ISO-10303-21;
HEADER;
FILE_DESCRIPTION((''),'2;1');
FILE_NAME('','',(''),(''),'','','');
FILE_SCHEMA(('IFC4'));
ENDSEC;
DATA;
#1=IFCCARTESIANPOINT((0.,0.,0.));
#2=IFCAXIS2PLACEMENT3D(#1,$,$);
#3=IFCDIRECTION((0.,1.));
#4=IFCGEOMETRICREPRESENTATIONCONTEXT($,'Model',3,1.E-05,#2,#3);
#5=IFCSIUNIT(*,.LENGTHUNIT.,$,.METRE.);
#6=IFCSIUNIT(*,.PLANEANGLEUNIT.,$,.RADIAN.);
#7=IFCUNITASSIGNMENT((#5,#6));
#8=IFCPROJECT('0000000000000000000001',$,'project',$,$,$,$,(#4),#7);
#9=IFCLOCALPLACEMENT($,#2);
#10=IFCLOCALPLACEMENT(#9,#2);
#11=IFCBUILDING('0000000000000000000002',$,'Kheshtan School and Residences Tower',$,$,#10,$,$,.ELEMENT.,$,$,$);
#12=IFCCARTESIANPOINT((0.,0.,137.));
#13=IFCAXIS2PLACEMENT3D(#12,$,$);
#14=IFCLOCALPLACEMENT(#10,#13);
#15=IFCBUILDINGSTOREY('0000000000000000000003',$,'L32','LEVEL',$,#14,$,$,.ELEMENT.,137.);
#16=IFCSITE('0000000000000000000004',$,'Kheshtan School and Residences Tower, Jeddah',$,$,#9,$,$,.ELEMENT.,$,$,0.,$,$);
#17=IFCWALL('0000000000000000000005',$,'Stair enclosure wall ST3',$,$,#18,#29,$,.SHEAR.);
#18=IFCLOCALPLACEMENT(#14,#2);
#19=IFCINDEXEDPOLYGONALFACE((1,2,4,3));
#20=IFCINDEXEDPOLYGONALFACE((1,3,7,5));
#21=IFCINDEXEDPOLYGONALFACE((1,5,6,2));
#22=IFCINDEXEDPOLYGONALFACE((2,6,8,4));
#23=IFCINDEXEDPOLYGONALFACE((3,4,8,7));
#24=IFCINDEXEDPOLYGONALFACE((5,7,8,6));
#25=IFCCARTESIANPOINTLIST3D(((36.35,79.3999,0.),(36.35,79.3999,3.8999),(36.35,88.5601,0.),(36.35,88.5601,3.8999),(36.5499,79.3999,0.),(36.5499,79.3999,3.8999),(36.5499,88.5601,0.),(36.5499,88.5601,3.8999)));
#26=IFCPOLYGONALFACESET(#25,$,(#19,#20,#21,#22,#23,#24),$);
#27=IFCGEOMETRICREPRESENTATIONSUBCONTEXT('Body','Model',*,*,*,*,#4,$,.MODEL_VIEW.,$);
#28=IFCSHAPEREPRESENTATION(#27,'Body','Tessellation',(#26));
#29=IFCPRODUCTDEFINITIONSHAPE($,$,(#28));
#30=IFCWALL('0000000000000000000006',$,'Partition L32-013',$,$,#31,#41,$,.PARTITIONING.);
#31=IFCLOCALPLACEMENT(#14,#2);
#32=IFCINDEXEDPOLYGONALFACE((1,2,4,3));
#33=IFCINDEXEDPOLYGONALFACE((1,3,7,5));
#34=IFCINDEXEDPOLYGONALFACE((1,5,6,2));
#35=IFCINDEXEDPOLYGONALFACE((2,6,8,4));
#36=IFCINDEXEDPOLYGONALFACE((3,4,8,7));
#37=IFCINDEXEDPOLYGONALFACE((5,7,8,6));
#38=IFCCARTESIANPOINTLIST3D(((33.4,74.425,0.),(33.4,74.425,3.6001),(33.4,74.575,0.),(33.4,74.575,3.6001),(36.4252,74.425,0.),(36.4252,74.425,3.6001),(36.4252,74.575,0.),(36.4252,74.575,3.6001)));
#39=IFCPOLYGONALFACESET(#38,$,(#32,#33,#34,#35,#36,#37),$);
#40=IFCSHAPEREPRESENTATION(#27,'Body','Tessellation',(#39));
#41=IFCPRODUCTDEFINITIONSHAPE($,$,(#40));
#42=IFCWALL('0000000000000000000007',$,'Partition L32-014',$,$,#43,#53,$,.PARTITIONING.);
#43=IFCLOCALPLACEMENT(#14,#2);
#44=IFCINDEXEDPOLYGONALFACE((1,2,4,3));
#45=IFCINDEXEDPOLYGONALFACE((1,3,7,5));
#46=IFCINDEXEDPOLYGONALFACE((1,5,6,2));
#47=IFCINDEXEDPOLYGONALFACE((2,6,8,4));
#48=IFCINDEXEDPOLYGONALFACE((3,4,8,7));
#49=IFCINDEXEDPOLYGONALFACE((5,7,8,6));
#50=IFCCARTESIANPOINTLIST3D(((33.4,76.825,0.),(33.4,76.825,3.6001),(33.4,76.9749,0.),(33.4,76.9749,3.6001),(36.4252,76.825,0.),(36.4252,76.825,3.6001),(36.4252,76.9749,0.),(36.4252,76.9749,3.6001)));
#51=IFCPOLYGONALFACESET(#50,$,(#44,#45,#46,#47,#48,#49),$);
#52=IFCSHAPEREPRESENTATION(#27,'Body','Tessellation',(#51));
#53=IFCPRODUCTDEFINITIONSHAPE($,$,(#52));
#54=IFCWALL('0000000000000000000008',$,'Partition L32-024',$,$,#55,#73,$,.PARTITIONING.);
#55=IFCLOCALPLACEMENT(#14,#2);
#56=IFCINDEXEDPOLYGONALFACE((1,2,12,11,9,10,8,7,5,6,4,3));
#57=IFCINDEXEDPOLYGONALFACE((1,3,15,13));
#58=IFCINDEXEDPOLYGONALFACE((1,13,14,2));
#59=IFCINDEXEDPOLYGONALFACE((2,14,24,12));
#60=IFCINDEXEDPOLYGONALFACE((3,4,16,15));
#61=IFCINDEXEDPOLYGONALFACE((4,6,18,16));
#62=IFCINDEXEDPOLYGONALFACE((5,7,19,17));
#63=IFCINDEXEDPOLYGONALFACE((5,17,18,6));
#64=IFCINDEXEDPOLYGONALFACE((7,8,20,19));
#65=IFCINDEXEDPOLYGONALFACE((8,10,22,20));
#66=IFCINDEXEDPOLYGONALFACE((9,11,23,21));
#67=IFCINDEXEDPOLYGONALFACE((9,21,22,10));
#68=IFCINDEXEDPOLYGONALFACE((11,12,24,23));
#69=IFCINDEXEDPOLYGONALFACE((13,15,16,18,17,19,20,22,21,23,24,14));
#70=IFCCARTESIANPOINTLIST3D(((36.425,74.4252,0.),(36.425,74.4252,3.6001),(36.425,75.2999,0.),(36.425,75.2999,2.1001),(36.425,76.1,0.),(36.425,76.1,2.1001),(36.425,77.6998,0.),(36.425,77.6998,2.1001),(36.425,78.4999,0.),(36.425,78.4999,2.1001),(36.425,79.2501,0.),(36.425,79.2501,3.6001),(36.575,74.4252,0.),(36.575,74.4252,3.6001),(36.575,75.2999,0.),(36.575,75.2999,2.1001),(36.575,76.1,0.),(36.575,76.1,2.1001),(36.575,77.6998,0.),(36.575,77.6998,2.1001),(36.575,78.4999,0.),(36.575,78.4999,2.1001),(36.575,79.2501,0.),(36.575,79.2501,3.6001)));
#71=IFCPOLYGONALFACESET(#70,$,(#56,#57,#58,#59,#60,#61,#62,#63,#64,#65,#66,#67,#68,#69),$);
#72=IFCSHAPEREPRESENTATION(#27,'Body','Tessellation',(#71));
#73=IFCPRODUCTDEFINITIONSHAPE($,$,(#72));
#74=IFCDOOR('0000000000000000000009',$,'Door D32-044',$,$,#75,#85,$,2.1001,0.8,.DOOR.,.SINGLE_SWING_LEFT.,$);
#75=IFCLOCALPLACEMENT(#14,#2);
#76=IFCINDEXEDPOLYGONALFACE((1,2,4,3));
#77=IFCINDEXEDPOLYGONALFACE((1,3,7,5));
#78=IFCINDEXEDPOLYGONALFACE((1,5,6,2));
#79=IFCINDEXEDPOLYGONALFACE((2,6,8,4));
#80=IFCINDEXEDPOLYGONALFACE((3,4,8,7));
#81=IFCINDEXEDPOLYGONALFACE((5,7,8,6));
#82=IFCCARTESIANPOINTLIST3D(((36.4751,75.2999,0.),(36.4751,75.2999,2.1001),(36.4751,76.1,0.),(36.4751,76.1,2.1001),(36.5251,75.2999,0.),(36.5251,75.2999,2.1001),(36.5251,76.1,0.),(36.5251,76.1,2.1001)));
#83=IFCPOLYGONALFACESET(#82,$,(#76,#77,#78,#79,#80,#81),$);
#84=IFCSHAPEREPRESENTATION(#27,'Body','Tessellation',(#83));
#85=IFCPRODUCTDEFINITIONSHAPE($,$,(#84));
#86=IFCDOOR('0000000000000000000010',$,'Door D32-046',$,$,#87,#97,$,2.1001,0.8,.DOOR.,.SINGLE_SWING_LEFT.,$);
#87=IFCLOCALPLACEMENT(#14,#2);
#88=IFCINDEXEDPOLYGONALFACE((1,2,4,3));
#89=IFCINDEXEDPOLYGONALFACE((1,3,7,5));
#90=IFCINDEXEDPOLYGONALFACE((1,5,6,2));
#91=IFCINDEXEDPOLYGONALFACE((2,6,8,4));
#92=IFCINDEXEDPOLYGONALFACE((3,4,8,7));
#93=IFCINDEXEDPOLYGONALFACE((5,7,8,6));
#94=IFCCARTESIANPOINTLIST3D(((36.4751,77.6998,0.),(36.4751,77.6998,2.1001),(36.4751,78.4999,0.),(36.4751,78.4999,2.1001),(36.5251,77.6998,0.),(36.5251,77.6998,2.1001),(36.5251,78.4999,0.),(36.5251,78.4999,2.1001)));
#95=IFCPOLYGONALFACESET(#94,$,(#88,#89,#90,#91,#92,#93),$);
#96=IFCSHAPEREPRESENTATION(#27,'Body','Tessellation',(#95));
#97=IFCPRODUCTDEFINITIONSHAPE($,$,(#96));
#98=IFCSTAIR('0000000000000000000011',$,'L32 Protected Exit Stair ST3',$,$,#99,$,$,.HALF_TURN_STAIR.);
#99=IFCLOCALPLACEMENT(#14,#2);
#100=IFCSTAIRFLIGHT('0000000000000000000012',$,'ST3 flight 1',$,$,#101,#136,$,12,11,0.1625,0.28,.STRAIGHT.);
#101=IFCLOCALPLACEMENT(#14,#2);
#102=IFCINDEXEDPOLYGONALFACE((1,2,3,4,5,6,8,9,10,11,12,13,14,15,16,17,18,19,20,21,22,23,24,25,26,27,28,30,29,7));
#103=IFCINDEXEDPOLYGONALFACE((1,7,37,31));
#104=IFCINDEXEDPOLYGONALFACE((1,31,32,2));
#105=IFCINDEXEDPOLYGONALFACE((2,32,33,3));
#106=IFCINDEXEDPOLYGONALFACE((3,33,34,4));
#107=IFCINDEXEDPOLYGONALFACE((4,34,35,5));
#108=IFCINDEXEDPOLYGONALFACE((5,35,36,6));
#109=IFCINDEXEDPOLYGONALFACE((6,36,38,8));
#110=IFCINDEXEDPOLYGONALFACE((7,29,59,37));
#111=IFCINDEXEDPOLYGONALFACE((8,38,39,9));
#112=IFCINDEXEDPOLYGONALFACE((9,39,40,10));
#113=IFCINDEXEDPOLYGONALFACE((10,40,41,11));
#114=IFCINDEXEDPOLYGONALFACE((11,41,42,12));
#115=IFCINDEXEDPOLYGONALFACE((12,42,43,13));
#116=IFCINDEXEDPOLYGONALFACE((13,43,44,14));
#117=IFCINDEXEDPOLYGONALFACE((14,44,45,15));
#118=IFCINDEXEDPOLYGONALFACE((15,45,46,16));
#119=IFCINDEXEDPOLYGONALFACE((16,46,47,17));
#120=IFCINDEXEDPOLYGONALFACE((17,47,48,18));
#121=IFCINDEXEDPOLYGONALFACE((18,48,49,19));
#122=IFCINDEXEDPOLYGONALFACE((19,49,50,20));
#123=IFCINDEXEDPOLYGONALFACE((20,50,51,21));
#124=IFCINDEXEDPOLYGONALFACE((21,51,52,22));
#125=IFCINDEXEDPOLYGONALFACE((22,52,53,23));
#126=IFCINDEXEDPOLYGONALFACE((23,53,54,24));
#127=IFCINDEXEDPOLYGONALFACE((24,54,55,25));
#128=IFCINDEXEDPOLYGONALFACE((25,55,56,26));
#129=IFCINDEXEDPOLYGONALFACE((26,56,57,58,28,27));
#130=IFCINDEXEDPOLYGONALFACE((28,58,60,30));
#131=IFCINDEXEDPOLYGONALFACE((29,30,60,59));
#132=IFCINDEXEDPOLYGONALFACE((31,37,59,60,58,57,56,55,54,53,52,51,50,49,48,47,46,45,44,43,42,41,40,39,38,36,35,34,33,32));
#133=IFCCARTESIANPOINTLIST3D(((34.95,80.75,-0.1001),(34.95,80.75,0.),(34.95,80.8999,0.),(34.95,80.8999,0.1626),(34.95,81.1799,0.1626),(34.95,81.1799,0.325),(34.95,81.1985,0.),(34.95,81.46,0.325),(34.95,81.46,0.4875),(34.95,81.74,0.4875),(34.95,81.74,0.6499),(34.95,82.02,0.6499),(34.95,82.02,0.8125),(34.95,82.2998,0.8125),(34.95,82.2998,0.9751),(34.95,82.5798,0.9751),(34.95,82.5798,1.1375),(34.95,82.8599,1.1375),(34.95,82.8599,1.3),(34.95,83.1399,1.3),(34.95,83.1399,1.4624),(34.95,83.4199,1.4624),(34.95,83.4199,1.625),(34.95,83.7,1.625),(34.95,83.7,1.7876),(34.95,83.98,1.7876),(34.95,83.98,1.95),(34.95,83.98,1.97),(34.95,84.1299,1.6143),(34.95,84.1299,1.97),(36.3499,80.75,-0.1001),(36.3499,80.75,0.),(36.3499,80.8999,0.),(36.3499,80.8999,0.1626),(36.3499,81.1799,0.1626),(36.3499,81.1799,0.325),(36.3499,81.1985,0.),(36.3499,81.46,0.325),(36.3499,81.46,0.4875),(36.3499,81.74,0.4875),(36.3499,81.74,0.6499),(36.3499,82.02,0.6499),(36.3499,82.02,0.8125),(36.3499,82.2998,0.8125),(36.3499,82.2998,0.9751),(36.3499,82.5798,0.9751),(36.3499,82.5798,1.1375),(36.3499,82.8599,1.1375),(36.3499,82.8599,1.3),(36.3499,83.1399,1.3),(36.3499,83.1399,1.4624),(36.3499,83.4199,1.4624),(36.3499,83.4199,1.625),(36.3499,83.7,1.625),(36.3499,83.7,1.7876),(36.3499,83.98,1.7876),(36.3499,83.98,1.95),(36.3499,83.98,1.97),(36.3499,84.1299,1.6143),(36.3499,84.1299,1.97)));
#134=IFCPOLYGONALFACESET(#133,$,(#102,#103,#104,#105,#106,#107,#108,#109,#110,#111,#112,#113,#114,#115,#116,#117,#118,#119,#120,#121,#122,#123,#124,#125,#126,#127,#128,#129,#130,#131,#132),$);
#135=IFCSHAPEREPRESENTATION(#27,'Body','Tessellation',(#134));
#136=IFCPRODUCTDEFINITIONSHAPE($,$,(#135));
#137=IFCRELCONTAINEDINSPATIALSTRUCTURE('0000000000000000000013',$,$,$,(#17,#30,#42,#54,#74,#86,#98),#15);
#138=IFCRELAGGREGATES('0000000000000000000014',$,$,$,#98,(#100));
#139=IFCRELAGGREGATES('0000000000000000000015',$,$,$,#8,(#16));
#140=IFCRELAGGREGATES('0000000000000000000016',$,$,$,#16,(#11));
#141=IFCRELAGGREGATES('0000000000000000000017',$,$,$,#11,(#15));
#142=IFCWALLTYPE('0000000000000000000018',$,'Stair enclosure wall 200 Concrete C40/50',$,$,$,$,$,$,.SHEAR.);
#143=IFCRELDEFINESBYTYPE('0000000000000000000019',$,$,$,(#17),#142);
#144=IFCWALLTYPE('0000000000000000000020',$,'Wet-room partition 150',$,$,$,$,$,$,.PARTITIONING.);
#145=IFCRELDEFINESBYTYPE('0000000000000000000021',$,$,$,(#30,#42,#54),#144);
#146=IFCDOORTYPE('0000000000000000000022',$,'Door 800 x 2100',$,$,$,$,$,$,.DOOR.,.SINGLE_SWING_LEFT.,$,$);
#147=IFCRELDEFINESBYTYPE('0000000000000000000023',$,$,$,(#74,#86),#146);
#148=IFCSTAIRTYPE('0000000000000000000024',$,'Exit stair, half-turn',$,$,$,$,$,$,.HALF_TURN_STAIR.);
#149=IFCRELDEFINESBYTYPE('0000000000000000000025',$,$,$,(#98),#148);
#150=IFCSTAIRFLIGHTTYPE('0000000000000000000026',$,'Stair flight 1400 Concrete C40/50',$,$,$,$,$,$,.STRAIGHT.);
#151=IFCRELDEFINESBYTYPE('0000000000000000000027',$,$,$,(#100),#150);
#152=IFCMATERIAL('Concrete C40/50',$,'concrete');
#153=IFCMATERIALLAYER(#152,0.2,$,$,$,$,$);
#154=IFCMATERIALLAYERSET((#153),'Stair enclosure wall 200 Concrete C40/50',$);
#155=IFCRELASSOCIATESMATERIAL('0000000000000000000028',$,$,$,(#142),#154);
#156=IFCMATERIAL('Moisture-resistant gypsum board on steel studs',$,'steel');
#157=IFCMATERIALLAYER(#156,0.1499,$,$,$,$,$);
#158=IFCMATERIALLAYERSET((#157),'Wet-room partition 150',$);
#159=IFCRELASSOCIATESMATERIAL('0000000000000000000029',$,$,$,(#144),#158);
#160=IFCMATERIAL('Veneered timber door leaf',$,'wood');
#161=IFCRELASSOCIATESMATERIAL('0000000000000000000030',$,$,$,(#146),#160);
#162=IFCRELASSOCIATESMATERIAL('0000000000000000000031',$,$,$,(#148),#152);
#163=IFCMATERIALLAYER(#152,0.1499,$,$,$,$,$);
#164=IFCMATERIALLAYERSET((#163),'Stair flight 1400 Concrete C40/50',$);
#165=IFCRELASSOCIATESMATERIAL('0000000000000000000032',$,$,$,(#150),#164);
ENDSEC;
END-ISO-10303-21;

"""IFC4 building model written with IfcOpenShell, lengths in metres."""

from ifc_helpers import new_model, si_unit, direction, frame, frame_2d, origin, place, context, subcontext, project, spatial, polyline, rectangle, outline, extrude, source, transform, mapped, material, layer, layer_set, type_object, element, fill, aggregate, save


model = new_model("IFC4")

# Units and contexts
model_context = context("Model", 3, precision=1e-05, world=origin(), true_north=direction((0.0, 1.0)))
body_context = subcontext(model_context, "Body", "Model", "MODEL_VIEW")
ifc_project = project(units=[si_unit("LENGTHUNIT", "METRE"), si_unit("PLANEANGLEUNIT", "RADIAN")], contexts=[model_context])

# Site, building, storey
site_placement = place(None, origin())
site = spatial("IfcSite", under=ifc_project, at=site_placement, Name="Kheshtan School and Residences Tower, Jeddah", CompositionType="ELEMENT", RefElevation=0.0)
building_placement = place(site_placement, origin())
building = spatial("IfcBuilding", under=site, at=building_placement, Name="Kheshtan School and Residences Tower", CompositionType="ELEMENT")
storey_placement = place(building_placement, frame((0.0, 0.0, 137.0)))
storey = spatial("IfcBuildingStorey", under=building, at=storey_placement, Name="L32", Description="LEVEL", CompositionType="ELEMENT", Elevation=137.0)

# Shared definitions
ifc_material_1 = material(Name="Veneered timber door leaf", Category="wood")

# Shared definitions
ifc_material_2 = material(Name="Concrete C40/50", Category="concrete")
ifc_layer_1 = layer(ifc_material_2, 0.2)
ifc_layer_set_1 = layer_set([ifc_layer_1], Name="Stair enclosure wall 200 Concrete C40/50")
wall_type_1 = type_object("IfcWallType", Name="Stair enclosure wall 200 Concrete C40/50", PredefinedType="SHEAR", material=ifc_layer_set_1)

# Walls
wall_1_placement = place(storey_placement, frame((36.45, 79.3999, 0.0), z_axis=(0.0, 0.0, 1.0), x_axis=(0.0, 1.0, 0.0)))
element("IfcWall", 1, at=wall_1_placement, inside=storey, type_object=wall_type_1, Name="Stair enclosure wall ST3", PredefinedType="SHEAR", context=body_context, shape_type="SweptSolid", body=[
    extrude(rectangle(XDim=9.1602, YDim=0.2, at=frame_2d((4.5801, 0.0))), origin(), (0.0, 0.0, 1.0), 3.8999),
])
ifc_material_3 = material(Name="Moisture-resistant gypsum board on steel studs", Category="steel")
ifc_layer_2 = layer(ifc_material_3, 0.1499)
ifc_layer_set_2 = layer_set([ifc_layer_2], Name="Wet-room partition 150")
wall_type_2 = type_object("IfcWallType", Name="Wet-room partition 150", PredefinedType="PARTITIONING", material=ifc_layer_set_2)
for number, where, z_axis, x_axis, name in (
    (2, (33.3999, 74.5, 0.0), (0.0, 0.0, 1.0), (1.0, 0.0, 0.0), "Partition L32-013"),
    (3, (33.3999, 76.8999, 0.0), (0.0, 0.0, 1.0), (1.0, 0.0, 0.0), "Partition L32-014"),
):
    element("IfcWall", number, at=place(storey_placement, frame(where, z_axis=z_axis, x_axis=x_axis)), inside=storey, type_object=wall_type_2, Name=name, PredefinedType="PARTITIONING", context=body_context, shape_type="SweptSolid", body=[
        extrude(rectangle(XDim=3.0251, YDim=0.1499, at=frame_2d((1.5127, 0.0))), origin(), (0.0, 0.0, 1.0), 3.6001),
    ])

# Wall, openings, doors
wall_2_placement = place(storey_placement, frame((36.5, 74.425, 0.0), z_axis=(0.0, 0.0, 1.0), x_axis=(0.0, 1.0, 0.0)))
wall_2 = element("IfcWall", 4, at=wall_2_placement, inside=storey, type_object=wall_type_2, Name="Partition L32-024", PredefinedType="PARTITIONING", context=body_context, shape_type="SweptSolid", body=[
    extrude(rectangle(XDim=4.825, YDim=0.1499, at=frame_2d((2.4126, 0.0))), origin(), (0.0, 0.0, 1.0), 3.6001),
])
opening_1_placement = place(wall_2_placement, frame((0.875, 0.0, 0.0)))
opening_1 = element("IfcOpeningElement", 5, at=opening_1_placement, cuts=wall_2, PredefinedType="OPENING", context=body_context, shape_type="SweptSolid", body=[
    extrude(rectangle(XDim=0.8, YDim=2.1001, at=frame_2d((0.3999, 1.05))), frame((0.0, 0.085, 0.0), z_axis=(0.0, -1.0, 0.0), x_axis=(1.0, 0.0, 0.0)), (0.0, 0.0, 1.0), 0.1699),
])
opening_2_placement = place(wall_2_placement, frame((3.2749, 0.0, 0.0)))
opening_2 = element("IfcOpeningElement", 6, at=opening_2_placement, cuts=wall_2, PredefinedType="OPENING", context=body_context, shape_type="SweptSolid", body=[
    extrude(rectangle(XDim=0.8, YDim=2.1001, at=frame_2d((0.3999, 1.05))), frame((0.0, 0.085, 0.0), z_axis=(0.0, -1.0, 0.0), x_axis=(1.0, 0.0, 0.0)), (0.0, 0.0, 1.0), 0.1699),
])
door_type_1 = type_object("IfcDoorType", Name="Door 800 x 2100", OperationType="SINGLE_SWING_LEFT", PredefinedType="DOOR", material=ifc_material_1)
shared_shape_1 = source(origin(), body_context, "Body", "SweptSolid", [
    extrude(rectangle(XDim=0.8, YDim=2.1001, at=frame_2d((0.3999, 1.05))), frame((0.0, 0.0249, 0.0), z_axis=(0.0, -1.0, 0.0), x_axis=(1.0, 0.0, 0.0)), (0.0, 0.0, 1.0), 0.05),
])
door_1_placement = place(opening_1_placement, origin())
door_1 = element("IfcDoor", 7, at=door_1_placement, inside=storey, type_object=door_type_1, Name="Door D32-044", OperationType="SINGLE_SWING_LEFT", OverallHeight=2.1001, OverallWidth=0.8, PredefinedType="DOOR", context=body_context, shape_type="MappedRepresentation", body=[
    mapped(shared_shape_1, transform((0.0, 0.0, 0.0), x_axis=(1.0, 0.0, 0.0), y_axis=(0.0, 1.0, 0.0), z_axis=(0.0, 0.0, 1.0), scale=1.0)),
])
fill(opening_1, door_1)
door_2_placement = place(opening_2_placement, origin())
door_2 = element("IfcDoor", 8, at=door_2_placement, inside=storey, type_object=door_type_1, Name="Door D32-046", OperationType="SINGLE_SWING_LEFT", OverallHeight=2.1001, OverallWidth=0.8, PredefinedType="DOOR", context=body_context, shape_type="MappedRepresentation", body=[
    mapped(shared_shape_1, transform((0.0, 0.0, 0.0), x_axis=(1.0, 0.0, 0.0), y_axis=(0.0, 1.0, 0.0), z_axis=(0.0, 0.0, 1.0), scale=1.0)),
])
fill(opening_2, door_2)

# Stair, stair flight
stair_type = type_object("IfcStairType", Name="Exit stair, half-turn", PredefinedType="HALF_TURN_STAIR", material=ifc_material_2)
stair_placement = place(storey_placement, origin())
stair = element("IfcStair", 9, at=stair_placement, inside=storey, type_object=stair_type, Name="L32 Protected Exit Stair ST3", PredefinedType="HALF_TURN_STAIR")
ifc_layer_3 = layer(ifc_material_2, 0.1499)
ifc_layer_set_3 = layer_set([ifc_layer_3], Name="Stair flight 1400 Concrete C40/50")
stair_flight_type = type_object("IfcStairFlightType", Name="Stair flight 1400 Concrete C40/50", PredefinedType="STRAIGHT", material=ifc_layer_set_3)
stair_flight_placement = place(storey_placement, frame((35.6499, 80.8999, 0.0), z_axis=(0.0, 0.0, 1.0), x_axis=(0.0, 1.0, 0.0)))
stair_flight = element("IfcStairFlight", 10, at=stair_flight_placement, type_object=stair_flight_type, Name="ST3 flight 1", NumberOfRisers=12, NumberOfTreads=11, PredefinedType="STRAIGHT", RiserHeight=0.1625, TreadLength=0.28, context=body_context, shape_type="SweptSolid", body=[
    extrude(outline(polyline([(-0.1499, -0.1001), (-0.1499, 0.0), (0.0, 0.0), (0.0, 0.1626), (0.28, 0.1626), (0.28, 0.325), (0.5601, 0.325), (0.5601, 0.4875), (0.8401, 0.4875), (0.8401, 0.6499), (1.1201, 0.6499), (1.1201, 0.8125), (1.3999, 0.8125), (1.3999, 0.9751), (1.6799, 0.9751), (1.6799, 1.1375), (1.96, 1.1375), (1.96, 1.3), (2.24, 1.3), (2.24, 1.4624), (2.52, 1.4624), (2.52, 1.625), (2.8, 1.625), (2.8, 1.7876), (3.0801, 1.7876), (3.0801, 1.95), (3.0801, 1.97), (3.23, 1.97), (3.23, 1.6143), (0.2986, 0.0), (-0.1499, -0.1001)])), frame((0.0, 0.7, 0.0), z_axis=(0.0, -1.0, 0.0), x_axis=(1.0, 0.0, 0.0)), (0.0, 0.0, 1.0), 1.3999),
])
aggregate(stair, [stair_flight])

save(model, "model.ifc")
